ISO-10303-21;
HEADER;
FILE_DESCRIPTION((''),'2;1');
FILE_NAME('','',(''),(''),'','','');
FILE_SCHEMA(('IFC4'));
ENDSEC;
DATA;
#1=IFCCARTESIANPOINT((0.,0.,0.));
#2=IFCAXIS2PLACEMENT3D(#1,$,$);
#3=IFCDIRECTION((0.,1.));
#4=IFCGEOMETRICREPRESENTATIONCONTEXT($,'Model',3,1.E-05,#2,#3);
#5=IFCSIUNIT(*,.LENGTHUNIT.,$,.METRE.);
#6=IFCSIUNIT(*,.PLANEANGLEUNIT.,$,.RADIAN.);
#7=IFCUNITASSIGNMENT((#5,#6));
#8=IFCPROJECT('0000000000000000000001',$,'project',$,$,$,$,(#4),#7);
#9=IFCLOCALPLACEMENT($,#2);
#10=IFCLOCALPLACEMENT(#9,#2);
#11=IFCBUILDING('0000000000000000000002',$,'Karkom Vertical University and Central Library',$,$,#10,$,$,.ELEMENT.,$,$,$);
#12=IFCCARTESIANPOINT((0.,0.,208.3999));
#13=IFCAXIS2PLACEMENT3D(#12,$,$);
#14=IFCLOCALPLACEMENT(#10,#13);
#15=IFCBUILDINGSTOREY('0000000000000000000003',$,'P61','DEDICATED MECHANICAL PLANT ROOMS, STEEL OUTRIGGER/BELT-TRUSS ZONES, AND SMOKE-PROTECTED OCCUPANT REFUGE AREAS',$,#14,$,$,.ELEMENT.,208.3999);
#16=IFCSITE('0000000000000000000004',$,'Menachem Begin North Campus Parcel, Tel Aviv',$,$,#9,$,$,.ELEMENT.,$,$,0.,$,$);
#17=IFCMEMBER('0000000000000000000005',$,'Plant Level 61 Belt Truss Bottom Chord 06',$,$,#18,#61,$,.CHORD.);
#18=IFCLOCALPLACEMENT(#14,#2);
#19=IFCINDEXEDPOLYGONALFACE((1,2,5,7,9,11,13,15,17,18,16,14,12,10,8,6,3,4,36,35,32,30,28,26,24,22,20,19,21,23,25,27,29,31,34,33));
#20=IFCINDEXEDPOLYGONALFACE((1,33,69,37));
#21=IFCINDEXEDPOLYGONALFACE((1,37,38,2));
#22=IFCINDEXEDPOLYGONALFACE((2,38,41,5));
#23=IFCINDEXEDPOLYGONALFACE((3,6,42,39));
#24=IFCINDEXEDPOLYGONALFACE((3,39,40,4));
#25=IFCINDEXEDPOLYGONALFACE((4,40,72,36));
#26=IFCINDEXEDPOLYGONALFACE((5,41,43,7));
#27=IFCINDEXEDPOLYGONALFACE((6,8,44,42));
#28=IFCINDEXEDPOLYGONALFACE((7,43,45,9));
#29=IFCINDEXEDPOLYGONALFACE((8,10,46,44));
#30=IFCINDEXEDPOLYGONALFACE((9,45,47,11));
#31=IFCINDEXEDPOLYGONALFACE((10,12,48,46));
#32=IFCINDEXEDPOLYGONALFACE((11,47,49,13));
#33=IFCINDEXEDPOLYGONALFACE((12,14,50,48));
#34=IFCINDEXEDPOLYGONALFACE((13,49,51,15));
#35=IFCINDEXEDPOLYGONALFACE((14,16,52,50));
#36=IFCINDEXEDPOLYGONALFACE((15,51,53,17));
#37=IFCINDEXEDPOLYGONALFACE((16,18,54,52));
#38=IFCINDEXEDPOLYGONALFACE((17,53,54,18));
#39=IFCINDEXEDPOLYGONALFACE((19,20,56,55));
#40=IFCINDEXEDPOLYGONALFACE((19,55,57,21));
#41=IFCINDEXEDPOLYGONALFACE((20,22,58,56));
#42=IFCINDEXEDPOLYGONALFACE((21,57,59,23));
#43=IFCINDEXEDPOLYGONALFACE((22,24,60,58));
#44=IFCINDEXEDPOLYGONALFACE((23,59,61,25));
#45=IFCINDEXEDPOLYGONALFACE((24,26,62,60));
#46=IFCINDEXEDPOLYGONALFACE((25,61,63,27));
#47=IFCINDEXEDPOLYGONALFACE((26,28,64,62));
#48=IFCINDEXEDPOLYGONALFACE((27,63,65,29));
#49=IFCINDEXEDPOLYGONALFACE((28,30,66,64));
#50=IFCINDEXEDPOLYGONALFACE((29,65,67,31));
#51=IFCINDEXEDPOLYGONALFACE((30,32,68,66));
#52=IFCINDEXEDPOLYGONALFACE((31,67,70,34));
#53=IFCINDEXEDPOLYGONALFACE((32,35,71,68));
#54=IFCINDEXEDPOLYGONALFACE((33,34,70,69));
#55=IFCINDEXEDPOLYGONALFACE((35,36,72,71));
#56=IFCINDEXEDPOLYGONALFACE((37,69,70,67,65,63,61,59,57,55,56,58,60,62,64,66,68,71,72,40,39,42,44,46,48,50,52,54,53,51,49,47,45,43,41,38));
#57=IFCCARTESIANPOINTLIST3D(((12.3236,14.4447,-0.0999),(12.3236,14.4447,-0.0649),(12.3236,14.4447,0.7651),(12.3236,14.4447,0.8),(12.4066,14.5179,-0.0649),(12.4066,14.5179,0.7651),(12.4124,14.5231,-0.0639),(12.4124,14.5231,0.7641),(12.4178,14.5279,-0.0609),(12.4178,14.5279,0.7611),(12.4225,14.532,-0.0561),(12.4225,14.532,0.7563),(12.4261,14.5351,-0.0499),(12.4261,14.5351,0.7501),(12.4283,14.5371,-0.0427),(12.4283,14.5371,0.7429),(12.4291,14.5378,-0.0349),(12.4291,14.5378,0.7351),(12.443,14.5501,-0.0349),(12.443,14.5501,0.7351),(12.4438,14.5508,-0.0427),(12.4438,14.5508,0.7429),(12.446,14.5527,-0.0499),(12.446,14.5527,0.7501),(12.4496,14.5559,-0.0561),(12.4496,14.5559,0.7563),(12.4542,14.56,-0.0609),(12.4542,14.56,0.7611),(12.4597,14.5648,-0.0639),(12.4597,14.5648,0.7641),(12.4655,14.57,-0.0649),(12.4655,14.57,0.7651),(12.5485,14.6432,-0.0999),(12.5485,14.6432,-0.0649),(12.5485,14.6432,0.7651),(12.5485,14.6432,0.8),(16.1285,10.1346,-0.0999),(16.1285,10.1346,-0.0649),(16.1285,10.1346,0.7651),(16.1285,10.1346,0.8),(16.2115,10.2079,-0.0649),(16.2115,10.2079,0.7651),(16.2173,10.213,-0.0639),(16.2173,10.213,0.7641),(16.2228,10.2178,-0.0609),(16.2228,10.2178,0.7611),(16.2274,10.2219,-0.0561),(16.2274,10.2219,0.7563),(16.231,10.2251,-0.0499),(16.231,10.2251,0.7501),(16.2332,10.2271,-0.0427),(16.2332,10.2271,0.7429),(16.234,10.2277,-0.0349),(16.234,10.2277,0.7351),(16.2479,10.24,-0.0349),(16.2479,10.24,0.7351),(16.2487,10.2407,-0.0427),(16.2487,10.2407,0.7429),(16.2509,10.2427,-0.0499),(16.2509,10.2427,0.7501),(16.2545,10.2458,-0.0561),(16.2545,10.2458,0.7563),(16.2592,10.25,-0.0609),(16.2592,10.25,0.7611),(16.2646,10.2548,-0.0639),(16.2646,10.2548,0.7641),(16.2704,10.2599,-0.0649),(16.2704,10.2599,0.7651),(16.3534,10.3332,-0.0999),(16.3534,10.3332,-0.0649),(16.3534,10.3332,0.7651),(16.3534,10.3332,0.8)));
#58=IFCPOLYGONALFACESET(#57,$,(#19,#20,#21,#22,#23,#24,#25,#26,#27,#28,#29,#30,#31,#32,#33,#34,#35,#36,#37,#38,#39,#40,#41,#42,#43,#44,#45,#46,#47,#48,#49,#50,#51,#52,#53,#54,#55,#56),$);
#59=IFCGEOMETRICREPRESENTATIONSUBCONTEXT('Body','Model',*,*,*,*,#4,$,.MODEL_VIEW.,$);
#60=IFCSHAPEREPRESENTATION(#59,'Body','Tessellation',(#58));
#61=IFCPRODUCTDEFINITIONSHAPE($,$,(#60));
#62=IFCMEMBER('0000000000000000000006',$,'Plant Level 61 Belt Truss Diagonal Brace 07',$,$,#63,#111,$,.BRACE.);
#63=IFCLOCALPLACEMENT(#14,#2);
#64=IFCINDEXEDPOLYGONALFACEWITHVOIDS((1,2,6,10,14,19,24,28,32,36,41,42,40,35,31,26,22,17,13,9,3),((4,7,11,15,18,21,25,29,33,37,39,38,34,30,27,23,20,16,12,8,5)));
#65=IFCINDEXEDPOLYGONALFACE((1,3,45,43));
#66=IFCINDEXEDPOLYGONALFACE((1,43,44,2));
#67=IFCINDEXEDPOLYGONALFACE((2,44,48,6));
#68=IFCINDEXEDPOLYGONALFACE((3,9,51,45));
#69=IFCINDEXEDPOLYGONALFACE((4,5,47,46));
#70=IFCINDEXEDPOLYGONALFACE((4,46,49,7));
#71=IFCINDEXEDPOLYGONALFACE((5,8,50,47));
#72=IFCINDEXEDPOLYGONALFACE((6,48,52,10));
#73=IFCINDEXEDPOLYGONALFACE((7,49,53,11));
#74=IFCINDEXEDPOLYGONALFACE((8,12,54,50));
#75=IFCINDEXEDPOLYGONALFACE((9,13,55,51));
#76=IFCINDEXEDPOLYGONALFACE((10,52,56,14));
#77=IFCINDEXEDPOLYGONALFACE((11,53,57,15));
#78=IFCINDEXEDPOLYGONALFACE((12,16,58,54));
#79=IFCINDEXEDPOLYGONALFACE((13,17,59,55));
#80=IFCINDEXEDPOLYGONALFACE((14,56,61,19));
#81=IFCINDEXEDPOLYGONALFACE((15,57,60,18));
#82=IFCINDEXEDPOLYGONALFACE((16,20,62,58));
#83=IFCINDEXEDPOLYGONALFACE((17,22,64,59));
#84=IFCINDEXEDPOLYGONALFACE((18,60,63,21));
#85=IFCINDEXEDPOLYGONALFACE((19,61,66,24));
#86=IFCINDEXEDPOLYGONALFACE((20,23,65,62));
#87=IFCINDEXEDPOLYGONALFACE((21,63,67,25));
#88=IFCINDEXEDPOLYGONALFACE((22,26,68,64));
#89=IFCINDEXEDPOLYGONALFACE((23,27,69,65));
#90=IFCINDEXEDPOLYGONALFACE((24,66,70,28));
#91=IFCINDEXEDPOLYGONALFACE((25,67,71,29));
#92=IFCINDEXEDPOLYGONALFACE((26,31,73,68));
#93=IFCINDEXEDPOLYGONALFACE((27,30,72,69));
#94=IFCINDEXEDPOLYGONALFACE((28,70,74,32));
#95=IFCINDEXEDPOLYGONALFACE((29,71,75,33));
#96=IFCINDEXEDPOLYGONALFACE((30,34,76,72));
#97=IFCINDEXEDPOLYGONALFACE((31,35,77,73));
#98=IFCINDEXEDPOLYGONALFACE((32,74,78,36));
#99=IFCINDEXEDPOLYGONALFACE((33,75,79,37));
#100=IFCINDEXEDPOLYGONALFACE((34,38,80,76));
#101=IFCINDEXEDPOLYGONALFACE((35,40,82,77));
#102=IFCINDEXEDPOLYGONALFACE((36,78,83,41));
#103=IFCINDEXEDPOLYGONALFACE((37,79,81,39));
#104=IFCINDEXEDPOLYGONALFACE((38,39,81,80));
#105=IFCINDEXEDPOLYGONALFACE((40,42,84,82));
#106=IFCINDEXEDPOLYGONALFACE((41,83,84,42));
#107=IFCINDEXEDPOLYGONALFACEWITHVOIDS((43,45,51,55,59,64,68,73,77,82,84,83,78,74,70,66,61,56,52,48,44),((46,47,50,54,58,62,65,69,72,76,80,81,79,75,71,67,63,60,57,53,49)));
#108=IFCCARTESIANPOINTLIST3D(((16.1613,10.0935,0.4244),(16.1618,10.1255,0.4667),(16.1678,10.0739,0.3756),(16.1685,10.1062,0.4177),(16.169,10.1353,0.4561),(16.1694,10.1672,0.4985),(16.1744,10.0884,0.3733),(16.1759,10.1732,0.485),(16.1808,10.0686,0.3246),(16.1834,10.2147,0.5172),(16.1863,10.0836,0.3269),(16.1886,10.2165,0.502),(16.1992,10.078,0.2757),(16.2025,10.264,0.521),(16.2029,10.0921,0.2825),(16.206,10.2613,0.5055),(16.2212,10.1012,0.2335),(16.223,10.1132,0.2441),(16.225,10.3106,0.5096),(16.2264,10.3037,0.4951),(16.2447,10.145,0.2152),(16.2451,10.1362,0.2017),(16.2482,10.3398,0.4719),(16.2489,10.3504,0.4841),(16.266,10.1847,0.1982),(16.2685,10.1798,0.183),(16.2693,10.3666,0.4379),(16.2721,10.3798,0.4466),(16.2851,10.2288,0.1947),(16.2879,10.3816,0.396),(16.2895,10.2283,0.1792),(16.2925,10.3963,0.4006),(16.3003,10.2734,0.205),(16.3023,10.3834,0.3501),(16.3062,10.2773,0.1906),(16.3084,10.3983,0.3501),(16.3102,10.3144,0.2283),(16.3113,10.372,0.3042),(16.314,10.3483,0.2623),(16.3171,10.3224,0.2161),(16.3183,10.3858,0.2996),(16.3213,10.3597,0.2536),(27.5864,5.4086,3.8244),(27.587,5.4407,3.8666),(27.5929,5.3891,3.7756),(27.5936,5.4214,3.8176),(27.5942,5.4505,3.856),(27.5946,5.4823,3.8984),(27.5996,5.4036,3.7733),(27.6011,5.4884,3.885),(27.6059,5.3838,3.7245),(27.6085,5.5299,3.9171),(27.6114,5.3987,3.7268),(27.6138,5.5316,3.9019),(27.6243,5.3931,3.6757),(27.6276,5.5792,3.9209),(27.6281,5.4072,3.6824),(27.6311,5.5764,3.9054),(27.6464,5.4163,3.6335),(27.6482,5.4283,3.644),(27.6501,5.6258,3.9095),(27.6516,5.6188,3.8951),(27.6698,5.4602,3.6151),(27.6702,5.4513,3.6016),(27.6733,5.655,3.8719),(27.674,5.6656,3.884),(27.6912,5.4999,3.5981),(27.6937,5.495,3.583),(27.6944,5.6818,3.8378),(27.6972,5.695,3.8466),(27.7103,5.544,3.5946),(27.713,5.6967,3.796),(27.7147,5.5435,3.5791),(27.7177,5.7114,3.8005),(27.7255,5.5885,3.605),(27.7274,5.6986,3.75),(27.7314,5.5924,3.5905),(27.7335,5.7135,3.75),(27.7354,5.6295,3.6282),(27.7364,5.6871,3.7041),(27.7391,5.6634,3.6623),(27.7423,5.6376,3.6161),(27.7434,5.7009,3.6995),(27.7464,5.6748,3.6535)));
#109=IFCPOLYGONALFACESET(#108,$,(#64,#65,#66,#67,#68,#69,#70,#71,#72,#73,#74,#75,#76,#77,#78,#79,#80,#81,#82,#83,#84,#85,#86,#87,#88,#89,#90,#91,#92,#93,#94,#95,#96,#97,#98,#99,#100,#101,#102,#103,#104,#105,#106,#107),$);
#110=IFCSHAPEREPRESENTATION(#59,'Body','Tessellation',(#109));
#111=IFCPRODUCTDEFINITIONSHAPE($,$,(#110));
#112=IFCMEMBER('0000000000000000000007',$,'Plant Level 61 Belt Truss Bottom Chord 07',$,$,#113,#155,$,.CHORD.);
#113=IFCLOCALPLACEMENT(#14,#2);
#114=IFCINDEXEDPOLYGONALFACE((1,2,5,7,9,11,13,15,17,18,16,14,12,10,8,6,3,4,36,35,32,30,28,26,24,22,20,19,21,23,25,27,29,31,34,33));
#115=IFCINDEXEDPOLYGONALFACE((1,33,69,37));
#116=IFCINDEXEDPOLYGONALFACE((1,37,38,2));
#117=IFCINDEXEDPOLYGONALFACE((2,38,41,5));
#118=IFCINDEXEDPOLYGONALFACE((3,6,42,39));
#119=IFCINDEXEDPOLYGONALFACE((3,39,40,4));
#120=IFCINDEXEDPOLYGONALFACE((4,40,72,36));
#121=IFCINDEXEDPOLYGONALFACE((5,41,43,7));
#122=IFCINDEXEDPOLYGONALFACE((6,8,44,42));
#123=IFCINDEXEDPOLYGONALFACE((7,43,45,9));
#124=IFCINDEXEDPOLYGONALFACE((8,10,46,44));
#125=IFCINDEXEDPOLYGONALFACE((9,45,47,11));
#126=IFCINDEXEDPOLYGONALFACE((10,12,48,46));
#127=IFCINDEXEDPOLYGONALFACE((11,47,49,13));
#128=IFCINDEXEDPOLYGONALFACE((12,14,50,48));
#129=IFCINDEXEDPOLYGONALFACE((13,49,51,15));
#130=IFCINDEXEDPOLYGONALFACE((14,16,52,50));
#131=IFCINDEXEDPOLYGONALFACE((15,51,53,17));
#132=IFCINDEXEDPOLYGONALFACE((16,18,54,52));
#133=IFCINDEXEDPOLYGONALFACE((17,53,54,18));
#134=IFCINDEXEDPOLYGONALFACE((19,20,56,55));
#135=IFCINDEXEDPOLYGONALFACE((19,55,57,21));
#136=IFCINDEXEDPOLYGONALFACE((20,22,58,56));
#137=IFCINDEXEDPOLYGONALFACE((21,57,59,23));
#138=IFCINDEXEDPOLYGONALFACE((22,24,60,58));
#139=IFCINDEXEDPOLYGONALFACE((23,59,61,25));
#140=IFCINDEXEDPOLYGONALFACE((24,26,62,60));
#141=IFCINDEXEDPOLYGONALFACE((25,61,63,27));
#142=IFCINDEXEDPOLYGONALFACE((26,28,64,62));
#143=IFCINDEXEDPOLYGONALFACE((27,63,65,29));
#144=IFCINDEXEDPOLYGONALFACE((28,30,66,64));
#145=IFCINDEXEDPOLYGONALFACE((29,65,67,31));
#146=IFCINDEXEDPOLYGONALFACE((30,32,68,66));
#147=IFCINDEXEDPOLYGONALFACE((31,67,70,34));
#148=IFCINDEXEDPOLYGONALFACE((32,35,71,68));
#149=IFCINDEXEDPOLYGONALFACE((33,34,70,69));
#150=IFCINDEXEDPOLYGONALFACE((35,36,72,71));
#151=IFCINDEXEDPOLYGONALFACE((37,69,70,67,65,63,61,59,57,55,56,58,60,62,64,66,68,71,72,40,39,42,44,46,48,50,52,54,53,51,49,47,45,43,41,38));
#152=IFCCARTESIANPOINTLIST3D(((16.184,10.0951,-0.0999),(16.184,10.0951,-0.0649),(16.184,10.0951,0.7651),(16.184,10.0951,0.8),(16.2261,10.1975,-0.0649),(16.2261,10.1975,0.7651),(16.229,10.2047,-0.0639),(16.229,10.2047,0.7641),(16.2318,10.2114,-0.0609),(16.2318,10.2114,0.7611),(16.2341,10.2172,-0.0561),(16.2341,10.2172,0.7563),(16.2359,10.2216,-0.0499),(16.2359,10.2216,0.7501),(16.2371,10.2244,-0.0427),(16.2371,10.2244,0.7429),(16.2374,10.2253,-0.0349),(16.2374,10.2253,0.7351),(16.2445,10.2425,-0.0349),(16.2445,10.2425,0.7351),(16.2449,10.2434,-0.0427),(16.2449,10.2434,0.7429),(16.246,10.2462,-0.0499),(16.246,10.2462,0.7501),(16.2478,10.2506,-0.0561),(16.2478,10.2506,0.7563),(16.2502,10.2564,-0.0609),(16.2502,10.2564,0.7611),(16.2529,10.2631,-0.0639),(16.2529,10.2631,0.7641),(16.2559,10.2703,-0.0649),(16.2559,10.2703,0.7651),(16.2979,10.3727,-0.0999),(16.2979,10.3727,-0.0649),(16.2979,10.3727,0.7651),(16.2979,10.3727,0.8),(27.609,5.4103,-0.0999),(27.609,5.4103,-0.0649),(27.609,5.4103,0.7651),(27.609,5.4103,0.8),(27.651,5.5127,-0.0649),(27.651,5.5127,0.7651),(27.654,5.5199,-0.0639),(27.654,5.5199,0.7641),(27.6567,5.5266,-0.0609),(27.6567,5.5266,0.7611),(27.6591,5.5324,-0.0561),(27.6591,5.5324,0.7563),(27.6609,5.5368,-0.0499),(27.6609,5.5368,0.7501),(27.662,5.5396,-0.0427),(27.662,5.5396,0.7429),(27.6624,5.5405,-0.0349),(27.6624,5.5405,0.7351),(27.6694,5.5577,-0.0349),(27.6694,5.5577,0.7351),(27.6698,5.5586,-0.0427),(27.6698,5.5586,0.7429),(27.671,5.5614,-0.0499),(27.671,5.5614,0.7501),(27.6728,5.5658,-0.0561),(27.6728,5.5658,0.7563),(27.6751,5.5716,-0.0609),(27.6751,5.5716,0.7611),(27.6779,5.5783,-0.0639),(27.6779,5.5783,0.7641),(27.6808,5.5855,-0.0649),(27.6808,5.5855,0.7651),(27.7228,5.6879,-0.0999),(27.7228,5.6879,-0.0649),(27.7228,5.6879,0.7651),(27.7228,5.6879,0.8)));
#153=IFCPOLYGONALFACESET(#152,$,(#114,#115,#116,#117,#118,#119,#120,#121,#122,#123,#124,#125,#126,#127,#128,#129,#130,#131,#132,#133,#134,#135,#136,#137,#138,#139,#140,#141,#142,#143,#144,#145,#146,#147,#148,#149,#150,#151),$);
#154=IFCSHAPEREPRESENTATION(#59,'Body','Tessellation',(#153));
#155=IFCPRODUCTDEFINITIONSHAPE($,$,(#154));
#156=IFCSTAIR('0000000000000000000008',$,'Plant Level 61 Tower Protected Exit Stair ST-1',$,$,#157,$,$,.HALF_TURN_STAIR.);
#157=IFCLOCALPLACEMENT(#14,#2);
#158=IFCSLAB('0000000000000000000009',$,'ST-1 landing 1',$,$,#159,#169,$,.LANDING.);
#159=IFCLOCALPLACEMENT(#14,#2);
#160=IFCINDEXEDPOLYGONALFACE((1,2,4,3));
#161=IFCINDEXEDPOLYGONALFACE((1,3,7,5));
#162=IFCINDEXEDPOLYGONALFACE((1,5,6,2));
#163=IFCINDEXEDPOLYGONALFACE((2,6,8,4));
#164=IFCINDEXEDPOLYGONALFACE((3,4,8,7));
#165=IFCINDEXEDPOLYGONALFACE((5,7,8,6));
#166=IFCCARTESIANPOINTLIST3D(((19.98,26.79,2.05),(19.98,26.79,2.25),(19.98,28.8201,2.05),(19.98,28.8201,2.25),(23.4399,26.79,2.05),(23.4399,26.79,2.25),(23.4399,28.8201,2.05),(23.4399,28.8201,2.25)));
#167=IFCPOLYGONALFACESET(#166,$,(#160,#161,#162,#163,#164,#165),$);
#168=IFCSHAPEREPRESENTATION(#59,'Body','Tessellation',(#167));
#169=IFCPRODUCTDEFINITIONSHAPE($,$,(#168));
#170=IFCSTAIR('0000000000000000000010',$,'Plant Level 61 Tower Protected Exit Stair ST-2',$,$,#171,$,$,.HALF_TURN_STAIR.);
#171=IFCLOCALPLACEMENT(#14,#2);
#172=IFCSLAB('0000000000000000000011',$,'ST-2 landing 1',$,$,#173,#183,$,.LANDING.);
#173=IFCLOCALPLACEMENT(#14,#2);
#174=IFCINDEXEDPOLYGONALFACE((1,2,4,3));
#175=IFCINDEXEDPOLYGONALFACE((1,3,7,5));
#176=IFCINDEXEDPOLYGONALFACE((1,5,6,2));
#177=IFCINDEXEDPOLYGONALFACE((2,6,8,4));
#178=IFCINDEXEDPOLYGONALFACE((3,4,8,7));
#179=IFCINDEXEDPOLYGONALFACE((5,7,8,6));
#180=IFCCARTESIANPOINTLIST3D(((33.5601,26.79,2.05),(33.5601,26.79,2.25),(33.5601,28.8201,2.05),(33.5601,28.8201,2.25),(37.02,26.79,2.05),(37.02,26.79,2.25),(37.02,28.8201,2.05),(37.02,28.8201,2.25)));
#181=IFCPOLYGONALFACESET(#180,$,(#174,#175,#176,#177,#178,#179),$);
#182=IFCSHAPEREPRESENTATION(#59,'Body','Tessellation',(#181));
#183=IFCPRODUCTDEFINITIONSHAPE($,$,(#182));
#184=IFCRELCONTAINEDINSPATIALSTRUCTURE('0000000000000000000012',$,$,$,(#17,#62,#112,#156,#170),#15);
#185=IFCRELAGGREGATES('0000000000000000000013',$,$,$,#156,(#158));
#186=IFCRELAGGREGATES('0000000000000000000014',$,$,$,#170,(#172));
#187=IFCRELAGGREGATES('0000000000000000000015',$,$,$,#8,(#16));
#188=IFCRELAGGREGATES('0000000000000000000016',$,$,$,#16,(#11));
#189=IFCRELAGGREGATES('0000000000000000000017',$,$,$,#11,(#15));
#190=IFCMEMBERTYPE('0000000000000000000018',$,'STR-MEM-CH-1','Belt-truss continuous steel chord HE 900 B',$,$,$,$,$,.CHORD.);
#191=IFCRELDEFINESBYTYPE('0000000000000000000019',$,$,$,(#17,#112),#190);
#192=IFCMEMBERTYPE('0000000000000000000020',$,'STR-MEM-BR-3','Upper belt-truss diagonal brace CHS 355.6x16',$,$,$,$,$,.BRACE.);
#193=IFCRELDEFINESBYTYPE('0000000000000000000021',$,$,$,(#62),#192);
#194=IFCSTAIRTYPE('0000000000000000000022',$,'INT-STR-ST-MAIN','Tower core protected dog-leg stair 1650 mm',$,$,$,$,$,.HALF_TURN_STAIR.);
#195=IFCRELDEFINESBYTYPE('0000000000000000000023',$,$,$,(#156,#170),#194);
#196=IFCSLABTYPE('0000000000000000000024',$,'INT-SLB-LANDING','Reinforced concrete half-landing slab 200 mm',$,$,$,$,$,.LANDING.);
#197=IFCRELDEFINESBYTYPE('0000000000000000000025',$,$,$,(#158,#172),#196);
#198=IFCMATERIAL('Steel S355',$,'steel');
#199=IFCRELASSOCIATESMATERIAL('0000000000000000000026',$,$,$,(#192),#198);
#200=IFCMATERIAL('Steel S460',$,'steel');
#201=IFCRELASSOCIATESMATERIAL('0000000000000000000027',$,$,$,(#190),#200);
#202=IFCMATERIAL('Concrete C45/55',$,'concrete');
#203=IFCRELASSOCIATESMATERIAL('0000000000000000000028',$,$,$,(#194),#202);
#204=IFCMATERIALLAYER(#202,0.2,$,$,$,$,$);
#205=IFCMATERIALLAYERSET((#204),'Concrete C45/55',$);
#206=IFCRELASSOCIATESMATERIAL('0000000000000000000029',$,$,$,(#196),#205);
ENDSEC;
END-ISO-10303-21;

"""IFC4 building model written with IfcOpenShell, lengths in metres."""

from ifc_helpers import new_model, si_unit, direction, frame, origin, origin_with_axes, origin_2d, place, context, subcontext, project, spatial, polyline, hollow_circle, i_section, outline, extrude, source, transform, mapped, material, layer, layer_set, material_profile, profile_set, type_object, element, aggregate, save


model = new_model("IFC4")

# Units and contexts
model_context = context("Model", 3, precision=1e-05, world=origin(), true_north=direction((0.0, 1.0)))
body_context = subcontext(model_context, "Body", "Model", "MODEL_VIEW")
ifc_project = project(units=[si_unit("LENGTHUNIT", "METRE"), si_unit("PLANEANGLEUNIT", "RADIAN")], contexts=[model_context])

# Site, building, storey
site_placement = place(None, origin())
site = spatial("IfcSite", under=ifc_project, at=site_placement, Name="Menachem Begin North Campus Parcel, Tel Aviv", CompositionType="ELEMENT", RefElevation=0.0)
building_placement = place(site_placement, origin())
building = spatial("IfcBuilding", under=site, at=building_placement, Name="Karkom Vertical University and Central Library", CompositionType="ELEMENT")
storey_placement = place(building_placement, frame((0.0, 0.0, 208.3999)))
storey = spatial("IfcBuildingStorey", under=building, at=storey_placement, Name="P61", Description="DEDICATED MECHANICAL PLANT ROOMS, STEEL OUTRIGGER/BELT-TRUSS ZONES, AND SMOKE-PROTECTED OCCUPANT REFUGE AREAS", CompositionType="ELEMENT", Elevation=208.3999)

# Shared definitions
ifc_material_1 = material(Name="Steel S355", Category="steel")
ifc_material_2 = material(Name="Steel S460", Category="steel")

# Members
ifc_material_profile_1 = material_profile(ifc_material_1, hollow_circle(Radius=0.1777, WallThickness=0.0161, at=origin_2d()), Name="CHS 355.6x16")
ifc_profile_set_1 = profile_set([ifc_material_profile_1], Name="Steel S355")
member_type_1 = type_object("IfcMemberType", Name="STR-MEM-BR-3", Description="Upper belt-truss diagonal brace CHS 355.6x16", PredefinedType="BRACE", material=ifc_profile_set_1)
ifc_material_profile_2 = material_profile(ifc_material_2, i_section(OverallWidth=0.3, OverallDepth=0.8999, WebThickness=0.0186, FlangeThickness=0.0349, FilletRadius=0.03, at=origin_2d()), Name="HE 900 B")
ifc_profile_set_2 = profile_set([ifc_material_profile_2], Name="Steel S460")
member_type_2 = type_object("IfcMemberType", Name="STR-MEM-CH-1", Description="Belt-truss continuous steel chord HE 900 B", PredefinedType="CHORD", material=ifc_profile_set_2)
shared_shape_1 = source(origin_with_axes(), body_context, "Body", "SweptSolid", [
    extrude(i_section(OverallWidth=0.3, OverallDepth=0.8999, WebThickness=0.0186, FlangeThickness=0.0349, FilletRadius=0.03, at=origin_2d()), origin(), (0.0, 0.0, 1.0), 5.7493),
])
member_1_placement = place(storey_placement, frame((12.436, 14.5439, 0.3501), z_axis=(0.661811, -0.749671, 0.0), x_axis=(0.749671, 0.661811, 0.0)))
element("IfcMember", 1, at=member_1_placement, inside=storey, type_object=member_type_2, Name="Plant Level 61 Belt Truss Bottom Chord 06", PredefinedType="CHORD", context=body_context, shape_type="MappedRepresentation", body=[
    mapped(shared_shape_1, transform((0.0, 0.0, 0.0), scale=1.0)),
])
shared_shape_2 = source(origin_with_axes(), body_context, "Body", "SweptSolid", [
    extrude(hollow_circle(Radius=0.1777, WallThickness=0.0161, at=origin_2d()), origin(), (0.0, 0.0, 1.0), 12.8079),
])
member_2_placement = place(storey_placement, frame((16.241, 10.2339, 0.3501), z_axis=(0.892042, -0.36578, 0.265457), x_axis=(0.379391, 0.925236, 0.0)))
element("IfcMember", 2, at=member_2_placement, inside=storey, type_object=member_type_1, Name="Plant Level 61 Belt Truss Diagonal Brace 07", PredefinedType="BRACE", context=body_context, shape_type="MappedRepresentation", body=[
    mapped(shared_shape_2, transform((0.0, 0.0, 0.0), scale=1.0)),
])
shared_shape_3 = source(origin_with_axes(), body_context, "Body", "SweptSolid", [
    extrude(i_section(OverallWidth=0.3, OverallDepth=0.8999, WebThickness=0.0186, FlangeThickness=0.0349, FilletRadius=0.03, at=origin_2d()), origin(), (0.0, 0.0, 1.0), 12.3481),
])
member_3_placement = place(storey_placement, frame((16.241, 10.2339, 0.3501), z_axis=(0.925236, -0.379391, 0.0), x_axis=(0.379391, 0.925236, 0.0)))
element("IfcMember", 3, at=member_3_placement, inside=storey, type_object=member_type_2, Name="Plant Level 61 Belt Truss Bottom Chord 07", PredefinedType="CHORD", context=body_context, shape_type="MappedRepresentation", body=[
    mapped(shared_shape_3, transform((0.0, 0.0, 0.0), scale=1.0)),
])

# Stairs, slabs
ifc_material_3 = material(Name="Concrete C45/55", Category="concrete")
stair_type = type_object("IfcStairType", Name="INT-STR-ST-MAIN", Description="Tower core protected dog-leg stair 1650 mm", PredefinedType="HALF_TURN_STAIR", material=ifc_material_3)
stair_1_placement = place(storey_placement, origin())
stair_1 = element("IfcStair", 4, at=stair_1_placement, inside=storey, type_object=stair_type, Name="Plant Level 61 Tower Protected Exit Stair ST-1", PredefinedType="HALF_TURN_STAIR")
ifc_layer_1 = layer(ifc_material_3, 0.2)
ifc_layer_set_1 = layer_set([ifc_layer_1], Name="Concrete C45/55")
slab_type_1 = type_object("IfcSlabType", Name="INT-SLB-LANDING", Description="Reinforced concrete half-landing slab 200 mm", PredefinedType="LANDING", material=ifc_layer_set_1)
slab_1_placement = place(storey_placement, frame((0.0, 0.0, 2.05)))
slab_1 = element("IfcSlab", 5, at=slab_1_placement, type_object=slab_type_1, Name="ST-1 landing 1", PredefinedType="LANDING", context=body_context, shape_type="SweptSolid", body=[
    extrude(outline(polyline([(23.4399, 26.79), (23.4399, 28.8201), (19.98, 28.8201), (19.98, 26.79), (23.4399, 26.79)])), origin(), (0.0, 0.0, 1.0), 0.2),
])
aggregate(stair_1, [slab_1])
stair_2_placement = place(storey_placement, origin())
stair_2 = element("IfcStair", 6, at=stair_2_placement, inside=storey, type_object=stair_type, Name="Plant Level 61 Tower Protected Exit Stair ST-2", PredefinedType="HALF_TURN_STAIR")
slab_2_placement = place(storey_placement, frame((0.0, 0.0, 2.05)))
slab_2 = element("IfcSlab", 7, at=slab_2_placement, type_object=slab_type_1, Name="ST-2 landing 1", PredefinedType="LANDING", context=body_context, shape_type="SweptSolid", body=[
    extrude(outline(polyline([(37.02, 26.79), (37.02, 28.8201), (33.5601, 28.8201), (33.5601, 26.79), (37.02, 26.79)])), origin(), (0.0, 0.0, 1.0), 0.2),
])
aggregate(stair_2, [slab_2])

save(model, "model.ifc")
